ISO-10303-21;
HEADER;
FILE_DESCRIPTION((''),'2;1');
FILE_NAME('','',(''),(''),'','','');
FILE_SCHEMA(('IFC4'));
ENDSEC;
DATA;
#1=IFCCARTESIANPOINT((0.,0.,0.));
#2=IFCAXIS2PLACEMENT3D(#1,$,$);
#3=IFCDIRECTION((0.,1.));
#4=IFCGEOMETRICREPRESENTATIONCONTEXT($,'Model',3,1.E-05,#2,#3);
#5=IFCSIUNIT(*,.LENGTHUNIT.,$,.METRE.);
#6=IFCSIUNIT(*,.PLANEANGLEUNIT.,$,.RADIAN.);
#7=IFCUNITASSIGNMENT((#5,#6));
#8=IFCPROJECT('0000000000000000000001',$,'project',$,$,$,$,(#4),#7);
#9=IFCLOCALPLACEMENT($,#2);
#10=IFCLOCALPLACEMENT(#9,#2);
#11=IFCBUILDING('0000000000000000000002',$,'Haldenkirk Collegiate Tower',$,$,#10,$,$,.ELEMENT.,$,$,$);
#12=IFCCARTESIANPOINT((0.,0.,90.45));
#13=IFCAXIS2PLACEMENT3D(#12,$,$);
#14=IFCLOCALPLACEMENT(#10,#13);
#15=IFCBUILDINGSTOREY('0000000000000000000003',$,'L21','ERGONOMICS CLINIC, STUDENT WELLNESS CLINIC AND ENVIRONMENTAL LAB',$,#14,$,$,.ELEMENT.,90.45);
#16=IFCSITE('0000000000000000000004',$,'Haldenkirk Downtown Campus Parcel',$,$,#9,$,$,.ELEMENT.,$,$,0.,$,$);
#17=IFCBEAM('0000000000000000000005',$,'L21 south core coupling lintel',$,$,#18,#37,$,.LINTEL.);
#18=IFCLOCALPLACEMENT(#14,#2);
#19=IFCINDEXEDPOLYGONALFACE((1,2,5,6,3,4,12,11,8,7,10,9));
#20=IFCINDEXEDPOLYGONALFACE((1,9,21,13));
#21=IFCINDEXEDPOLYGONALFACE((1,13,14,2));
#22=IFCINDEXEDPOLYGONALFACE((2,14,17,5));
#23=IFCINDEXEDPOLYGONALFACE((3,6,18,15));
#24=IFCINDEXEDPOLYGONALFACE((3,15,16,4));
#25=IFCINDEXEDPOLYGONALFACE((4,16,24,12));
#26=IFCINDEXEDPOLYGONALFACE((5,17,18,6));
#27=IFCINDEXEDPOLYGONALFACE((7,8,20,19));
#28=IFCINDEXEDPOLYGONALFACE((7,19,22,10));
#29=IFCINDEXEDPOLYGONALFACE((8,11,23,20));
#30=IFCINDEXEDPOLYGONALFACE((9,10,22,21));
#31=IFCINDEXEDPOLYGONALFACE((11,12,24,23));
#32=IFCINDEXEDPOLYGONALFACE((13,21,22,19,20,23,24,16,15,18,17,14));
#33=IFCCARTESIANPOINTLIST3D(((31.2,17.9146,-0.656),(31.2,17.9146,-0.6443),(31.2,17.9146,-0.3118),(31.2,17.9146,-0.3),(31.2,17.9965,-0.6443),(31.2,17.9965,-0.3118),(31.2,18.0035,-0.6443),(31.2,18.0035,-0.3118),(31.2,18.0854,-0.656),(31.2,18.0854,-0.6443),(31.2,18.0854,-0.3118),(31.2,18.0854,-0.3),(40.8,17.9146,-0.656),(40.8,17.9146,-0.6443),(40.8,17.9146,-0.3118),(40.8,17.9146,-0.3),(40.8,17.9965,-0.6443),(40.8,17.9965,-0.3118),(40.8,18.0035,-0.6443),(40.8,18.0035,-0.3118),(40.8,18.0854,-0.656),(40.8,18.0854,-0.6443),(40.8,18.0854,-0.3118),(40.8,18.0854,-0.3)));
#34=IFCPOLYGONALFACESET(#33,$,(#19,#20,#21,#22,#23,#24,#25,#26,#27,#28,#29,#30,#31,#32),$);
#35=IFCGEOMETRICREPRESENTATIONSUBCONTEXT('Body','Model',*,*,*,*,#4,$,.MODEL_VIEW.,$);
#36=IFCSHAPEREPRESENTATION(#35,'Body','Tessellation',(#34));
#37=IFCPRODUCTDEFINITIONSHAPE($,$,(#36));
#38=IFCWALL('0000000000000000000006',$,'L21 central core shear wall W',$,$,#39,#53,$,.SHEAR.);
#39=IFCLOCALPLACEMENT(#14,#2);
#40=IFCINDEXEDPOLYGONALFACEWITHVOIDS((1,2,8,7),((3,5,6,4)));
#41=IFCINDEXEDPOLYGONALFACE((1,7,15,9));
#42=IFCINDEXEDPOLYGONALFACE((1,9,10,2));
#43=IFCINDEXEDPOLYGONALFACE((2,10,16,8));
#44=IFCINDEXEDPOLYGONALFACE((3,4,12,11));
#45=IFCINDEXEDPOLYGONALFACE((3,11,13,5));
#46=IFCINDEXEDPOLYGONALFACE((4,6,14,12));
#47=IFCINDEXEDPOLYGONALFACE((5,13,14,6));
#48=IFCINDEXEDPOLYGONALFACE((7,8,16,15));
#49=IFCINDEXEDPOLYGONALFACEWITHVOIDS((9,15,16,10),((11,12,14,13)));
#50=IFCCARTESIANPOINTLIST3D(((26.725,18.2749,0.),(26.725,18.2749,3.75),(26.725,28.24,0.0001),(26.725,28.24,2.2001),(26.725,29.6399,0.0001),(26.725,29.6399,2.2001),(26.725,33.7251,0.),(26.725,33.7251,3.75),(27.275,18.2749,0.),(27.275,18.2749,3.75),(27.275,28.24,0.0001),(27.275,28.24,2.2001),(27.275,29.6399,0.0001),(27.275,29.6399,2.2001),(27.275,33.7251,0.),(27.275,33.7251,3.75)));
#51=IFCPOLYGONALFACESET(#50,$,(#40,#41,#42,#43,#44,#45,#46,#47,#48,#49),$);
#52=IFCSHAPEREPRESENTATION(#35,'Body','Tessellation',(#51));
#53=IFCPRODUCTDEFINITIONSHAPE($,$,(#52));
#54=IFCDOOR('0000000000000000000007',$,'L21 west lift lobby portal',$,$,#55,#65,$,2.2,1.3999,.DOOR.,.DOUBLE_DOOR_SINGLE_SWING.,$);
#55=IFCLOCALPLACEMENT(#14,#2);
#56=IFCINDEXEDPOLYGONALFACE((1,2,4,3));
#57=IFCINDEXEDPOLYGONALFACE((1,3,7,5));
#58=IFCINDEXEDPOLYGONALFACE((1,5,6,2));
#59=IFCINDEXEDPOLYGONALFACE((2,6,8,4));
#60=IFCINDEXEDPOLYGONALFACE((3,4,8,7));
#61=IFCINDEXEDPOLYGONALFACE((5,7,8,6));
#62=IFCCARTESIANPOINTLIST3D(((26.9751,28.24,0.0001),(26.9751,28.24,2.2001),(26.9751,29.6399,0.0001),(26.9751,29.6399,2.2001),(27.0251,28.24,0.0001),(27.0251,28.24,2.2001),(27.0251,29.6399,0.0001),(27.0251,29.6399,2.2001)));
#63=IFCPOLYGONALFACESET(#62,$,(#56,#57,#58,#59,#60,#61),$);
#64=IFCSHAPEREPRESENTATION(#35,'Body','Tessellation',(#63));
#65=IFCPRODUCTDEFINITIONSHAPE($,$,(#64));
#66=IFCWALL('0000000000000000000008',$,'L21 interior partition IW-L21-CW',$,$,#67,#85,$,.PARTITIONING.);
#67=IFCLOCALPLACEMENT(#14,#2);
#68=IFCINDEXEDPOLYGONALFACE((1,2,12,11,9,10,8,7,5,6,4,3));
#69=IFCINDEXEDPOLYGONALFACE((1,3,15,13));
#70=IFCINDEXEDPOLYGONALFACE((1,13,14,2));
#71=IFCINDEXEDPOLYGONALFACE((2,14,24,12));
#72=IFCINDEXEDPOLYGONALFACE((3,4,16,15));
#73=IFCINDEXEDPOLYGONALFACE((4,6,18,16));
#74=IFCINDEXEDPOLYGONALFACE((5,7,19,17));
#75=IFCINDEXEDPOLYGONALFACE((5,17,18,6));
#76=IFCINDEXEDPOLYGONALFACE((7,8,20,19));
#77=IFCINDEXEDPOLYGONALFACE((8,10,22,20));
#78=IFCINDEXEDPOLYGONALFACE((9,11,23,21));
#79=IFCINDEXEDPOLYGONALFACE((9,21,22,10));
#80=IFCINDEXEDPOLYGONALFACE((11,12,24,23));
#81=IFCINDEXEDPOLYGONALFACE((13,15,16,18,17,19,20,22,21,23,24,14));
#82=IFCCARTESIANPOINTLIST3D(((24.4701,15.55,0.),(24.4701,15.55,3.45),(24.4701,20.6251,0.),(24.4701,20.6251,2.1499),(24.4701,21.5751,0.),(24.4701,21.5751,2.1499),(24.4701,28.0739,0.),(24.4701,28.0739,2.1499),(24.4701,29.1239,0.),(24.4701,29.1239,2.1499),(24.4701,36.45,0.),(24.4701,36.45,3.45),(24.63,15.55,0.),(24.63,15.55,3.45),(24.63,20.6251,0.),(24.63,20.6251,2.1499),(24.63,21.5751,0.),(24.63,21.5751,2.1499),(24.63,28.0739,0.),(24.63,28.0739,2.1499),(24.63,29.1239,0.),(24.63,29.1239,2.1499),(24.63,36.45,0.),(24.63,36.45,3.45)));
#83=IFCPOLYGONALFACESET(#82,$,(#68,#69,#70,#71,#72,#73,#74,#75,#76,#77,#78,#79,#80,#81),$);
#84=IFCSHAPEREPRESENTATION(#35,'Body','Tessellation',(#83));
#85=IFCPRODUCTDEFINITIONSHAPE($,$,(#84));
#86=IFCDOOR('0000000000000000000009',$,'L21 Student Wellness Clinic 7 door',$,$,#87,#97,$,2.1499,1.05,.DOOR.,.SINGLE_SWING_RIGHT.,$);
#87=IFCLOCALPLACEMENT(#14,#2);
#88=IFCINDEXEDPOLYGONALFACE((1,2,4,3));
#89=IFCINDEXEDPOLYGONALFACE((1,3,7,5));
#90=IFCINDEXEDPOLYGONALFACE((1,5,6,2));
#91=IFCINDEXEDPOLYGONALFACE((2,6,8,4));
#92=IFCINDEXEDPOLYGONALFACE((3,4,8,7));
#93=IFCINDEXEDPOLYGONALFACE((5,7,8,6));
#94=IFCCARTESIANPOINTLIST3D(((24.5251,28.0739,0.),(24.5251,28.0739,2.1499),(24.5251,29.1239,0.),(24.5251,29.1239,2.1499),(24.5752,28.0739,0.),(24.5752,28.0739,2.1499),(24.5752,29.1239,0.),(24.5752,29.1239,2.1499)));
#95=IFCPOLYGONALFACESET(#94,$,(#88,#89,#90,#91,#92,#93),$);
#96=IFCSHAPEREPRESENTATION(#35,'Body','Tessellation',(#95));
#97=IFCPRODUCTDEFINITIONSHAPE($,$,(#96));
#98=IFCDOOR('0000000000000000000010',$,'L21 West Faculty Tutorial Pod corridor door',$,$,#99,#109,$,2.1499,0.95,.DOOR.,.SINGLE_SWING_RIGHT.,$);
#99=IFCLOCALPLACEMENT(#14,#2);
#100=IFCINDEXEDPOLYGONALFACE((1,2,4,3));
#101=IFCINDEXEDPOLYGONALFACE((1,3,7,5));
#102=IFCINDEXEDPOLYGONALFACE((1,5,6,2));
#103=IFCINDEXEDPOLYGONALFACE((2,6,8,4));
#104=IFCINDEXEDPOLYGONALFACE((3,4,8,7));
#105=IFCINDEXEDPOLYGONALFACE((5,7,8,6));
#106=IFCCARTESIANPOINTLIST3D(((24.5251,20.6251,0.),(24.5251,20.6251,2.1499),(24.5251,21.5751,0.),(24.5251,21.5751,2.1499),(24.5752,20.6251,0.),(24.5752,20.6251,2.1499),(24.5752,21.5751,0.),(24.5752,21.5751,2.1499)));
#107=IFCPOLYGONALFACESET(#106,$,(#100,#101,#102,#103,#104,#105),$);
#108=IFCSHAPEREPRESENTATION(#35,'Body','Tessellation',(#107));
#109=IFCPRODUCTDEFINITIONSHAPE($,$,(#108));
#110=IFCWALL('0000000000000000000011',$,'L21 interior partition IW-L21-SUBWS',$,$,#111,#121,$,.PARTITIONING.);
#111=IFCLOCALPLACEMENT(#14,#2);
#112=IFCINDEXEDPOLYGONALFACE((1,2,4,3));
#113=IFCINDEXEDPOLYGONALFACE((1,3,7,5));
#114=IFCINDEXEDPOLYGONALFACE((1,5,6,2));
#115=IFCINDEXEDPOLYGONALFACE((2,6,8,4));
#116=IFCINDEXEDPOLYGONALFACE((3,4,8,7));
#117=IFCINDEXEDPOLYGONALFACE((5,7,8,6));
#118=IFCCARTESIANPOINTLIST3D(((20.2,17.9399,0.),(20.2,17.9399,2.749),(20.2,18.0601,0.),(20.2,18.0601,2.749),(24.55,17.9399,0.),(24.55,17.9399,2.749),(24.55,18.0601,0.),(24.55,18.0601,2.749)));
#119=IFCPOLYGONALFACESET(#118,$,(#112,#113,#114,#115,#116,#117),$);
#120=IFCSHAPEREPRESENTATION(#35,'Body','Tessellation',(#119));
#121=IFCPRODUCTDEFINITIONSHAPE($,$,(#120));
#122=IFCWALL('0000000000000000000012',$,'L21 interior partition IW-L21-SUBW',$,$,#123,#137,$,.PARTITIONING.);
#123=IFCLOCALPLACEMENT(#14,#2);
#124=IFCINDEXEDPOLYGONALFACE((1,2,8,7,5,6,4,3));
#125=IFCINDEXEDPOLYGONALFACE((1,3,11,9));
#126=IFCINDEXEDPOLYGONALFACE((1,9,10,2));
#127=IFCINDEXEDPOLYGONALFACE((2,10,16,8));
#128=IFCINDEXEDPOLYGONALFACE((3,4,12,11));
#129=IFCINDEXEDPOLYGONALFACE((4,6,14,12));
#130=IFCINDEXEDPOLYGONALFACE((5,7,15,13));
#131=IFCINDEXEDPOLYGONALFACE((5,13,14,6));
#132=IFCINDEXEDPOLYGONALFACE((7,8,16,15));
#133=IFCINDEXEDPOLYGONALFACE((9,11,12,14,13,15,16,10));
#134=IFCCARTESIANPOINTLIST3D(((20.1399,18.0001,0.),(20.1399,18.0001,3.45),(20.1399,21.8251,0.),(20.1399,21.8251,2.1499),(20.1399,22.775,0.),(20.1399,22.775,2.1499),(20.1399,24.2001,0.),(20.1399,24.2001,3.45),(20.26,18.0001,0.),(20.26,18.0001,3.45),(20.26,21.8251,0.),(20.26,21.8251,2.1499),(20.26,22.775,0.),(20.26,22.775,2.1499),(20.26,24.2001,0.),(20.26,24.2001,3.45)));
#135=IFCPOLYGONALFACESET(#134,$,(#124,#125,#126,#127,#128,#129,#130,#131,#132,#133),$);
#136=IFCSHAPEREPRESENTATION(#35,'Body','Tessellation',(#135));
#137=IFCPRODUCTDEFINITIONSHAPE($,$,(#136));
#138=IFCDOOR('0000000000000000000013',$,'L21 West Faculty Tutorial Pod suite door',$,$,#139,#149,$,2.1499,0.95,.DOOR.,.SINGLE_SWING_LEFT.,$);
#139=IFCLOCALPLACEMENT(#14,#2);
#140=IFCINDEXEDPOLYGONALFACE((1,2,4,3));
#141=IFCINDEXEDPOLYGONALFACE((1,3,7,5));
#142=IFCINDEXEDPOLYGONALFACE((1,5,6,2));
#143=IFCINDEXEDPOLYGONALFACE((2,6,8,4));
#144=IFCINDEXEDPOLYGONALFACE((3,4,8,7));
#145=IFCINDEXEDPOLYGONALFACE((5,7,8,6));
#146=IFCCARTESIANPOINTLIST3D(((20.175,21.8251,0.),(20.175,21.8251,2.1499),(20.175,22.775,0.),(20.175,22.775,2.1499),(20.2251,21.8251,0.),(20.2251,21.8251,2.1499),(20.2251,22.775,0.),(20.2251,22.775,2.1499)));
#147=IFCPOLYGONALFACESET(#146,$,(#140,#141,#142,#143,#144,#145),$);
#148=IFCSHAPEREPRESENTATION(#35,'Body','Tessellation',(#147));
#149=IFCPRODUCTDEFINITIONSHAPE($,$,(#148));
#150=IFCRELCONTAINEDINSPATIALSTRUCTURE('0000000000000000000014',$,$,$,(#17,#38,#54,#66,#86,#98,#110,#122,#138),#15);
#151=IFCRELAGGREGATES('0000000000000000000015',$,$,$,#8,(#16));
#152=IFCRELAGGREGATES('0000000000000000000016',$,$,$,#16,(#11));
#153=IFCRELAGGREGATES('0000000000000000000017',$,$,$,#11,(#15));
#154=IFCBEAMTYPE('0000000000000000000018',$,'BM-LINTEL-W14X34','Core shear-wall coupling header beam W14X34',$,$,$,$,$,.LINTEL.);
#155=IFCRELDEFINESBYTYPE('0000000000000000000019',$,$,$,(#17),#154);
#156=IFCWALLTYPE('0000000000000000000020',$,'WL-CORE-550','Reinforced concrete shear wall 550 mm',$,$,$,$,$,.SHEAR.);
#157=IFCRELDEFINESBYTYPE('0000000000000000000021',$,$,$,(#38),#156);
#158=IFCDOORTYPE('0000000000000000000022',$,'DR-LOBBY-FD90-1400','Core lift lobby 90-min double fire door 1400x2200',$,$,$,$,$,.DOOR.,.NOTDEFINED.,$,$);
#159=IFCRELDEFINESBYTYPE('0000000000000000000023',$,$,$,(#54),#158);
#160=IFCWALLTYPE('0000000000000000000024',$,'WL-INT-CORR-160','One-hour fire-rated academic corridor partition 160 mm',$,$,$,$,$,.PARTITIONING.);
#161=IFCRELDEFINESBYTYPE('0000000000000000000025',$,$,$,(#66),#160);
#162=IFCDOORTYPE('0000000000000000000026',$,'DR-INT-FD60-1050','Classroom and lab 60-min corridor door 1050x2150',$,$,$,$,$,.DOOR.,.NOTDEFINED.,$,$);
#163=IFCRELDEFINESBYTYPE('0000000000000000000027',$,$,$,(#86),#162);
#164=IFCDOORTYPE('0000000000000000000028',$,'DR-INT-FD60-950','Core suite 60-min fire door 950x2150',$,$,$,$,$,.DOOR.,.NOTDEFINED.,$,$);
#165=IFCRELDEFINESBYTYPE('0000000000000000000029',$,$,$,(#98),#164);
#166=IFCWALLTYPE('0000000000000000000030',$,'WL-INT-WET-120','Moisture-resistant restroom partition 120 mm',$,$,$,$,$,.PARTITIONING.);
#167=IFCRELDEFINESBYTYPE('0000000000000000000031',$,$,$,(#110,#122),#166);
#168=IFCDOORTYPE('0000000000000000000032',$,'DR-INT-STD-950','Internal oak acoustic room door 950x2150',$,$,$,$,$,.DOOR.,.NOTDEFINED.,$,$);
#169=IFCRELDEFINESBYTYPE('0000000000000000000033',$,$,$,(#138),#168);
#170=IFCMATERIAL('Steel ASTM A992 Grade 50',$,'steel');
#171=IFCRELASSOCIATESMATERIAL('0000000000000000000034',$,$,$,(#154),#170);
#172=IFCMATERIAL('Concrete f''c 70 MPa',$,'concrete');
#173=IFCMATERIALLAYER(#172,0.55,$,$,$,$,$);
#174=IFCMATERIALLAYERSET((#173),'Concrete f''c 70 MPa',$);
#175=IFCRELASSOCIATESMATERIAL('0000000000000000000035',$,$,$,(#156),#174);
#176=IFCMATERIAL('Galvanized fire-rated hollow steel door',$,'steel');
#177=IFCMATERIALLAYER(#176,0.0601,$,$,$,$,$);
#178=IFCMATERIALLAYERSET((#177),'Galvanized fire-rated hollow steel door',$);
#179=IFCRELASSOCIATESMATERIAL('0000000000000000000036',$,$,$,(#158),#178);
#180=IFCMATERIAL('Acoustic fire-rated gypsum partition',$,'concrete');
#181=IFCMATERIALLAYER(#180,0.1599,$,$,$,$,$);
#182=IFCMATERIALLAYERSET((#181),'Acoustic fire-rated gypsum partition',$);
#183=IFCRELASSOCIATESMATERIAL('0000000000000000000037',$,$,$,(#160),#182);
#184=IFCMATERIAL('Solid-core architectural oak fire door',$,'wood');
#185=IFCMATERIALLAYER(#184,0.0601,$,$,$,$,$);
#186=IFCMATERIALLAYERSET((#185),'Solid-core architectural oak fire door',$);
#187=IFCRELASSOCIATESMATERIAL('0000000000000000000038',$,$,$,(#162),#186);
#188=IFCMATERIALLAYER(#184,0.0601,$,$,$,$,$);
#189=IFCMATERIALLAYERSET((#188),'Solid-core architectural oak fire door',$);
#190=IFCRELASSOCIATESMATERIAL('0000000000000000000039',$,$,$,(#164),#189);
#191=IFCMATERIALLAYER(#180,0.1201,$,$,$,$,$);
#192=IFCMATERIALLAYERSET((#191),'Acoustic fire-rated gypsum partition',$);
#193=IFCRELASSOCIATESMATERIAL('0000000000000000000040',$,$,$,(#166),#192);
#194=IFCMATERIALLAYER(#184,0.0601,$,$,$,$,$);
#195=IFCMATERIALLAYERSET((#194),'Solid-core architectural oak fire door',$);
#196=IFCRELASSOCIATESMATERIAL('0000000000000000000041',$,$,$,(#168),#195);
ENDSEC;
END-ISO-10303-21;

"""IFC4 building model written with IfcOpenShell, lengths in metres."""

from ifc_helpers import new_model, si_unit, direction, frame, frame_2d, origin, origin_2d, place, context, subcontext, project, spatial, rectangle, i_section, extrude, material, layer, layer_set, material_profile, profile_set, type_object, element, fill, save


model = new_model("IFC4")

# Units and contexts
model_context = context("Model", 3, precision=1e-05, world=origin(), true_north=direction((0.0, 1.0)))
body_context = subcontext(model_context, "Body", "Model", "MODEL_VIEW")
ifc_project = project(units=[si_unit("LENGTHUNIT", "METRE"), si_unit("PLANEANGLEUNIT", "RADIAN")], contexts=[model_context])

# Site, building, storey
site_placement = place(None, origin())
site = spatial("IfcSite", under=ifc_project, at=site_placement, Name="Haldenkirk Downtown Campus Parcel", CompositionType="ELEMENT", RefElevation=0.0)
building_placement = place(site_placement, origin())
building = spatial("IfcBuilding", under=site, at=building_placement, Name="Haldenkirk Collegiate Tower", CompositionType="ELEMENT")
storey_placement = place(building_placement, frame((0.0, 0.0, 90.45)))
storey = spatial("IfcBuildingStorey", under=building, at=storey_placement, Name="L21", Description="ERGONOMICS CLINIC, STUDENT WELLNESS CLINIC AND ENVIRONMENTAL LAB", CompositionType="ELEMENT", Elevation=90.45)

# Beam
ifc_material_1 = material(Name="Steel ASTM A992 Grade 50", Category="steel")
ifc_material_profile = material_profile(ifc_material_1, i_section(OverallWidth=0.1709, OverallDepth=0.356, WebThickness=0.0071, FlangeThickness=0.0117, at=origin_2d()), Name="W14X34")
ifc_profile_set = profile_set([ifc_material_profile], Name="Steel ASTM A992 Grade 50")
beam_type = type_object("IfcBeamType", Name="BM-LINTEL-W14X34", Description="Core shear-wall coupling header beam W14X34", PredefinedType="LINTEL", material=ifc_profile_set)
beam_placement = place(storey_placement, frame((31.2, 18.0, -0.478), z_axis=(1.0, 0.0, 0.0), x_axis=(0.0, 1.0, 0.0)))
element("IfcBeam", 1, at=beam_placement, inside=storey, type_object=beam_type, Name="L21 south core coupling lintel", PredefinedType="LINTEL", context=body_context, shape_type="SweptSolid", body=[
    extrude(i_section(OverallWidth=0.1709, OverallDepth=0.356, WebThickness=0.0071, FlangeThickness=0.0117, at=origin_2d()), origin(), (0.0, 0.0, 1.0), 9.6001),
])

# Shared definitions
ifc_material_2 = material(Name="Concrete f'c 70 MPa", Category="concrete")
ifc_layer_1 = layer(ifc_material_2, 0.55)
ifc_layer_set_1 = layer_set([ifc_layer_1], Name="Concrete f'c 70 MPa")
wall_type_1 = type_object("IfcWallType", Name="WL-CORE-550", Description="Reinforced concrete shear wall 550 mm", PredefinedType="SHEAR", material=ifc_layer_set_1)
ifc_material_3 = material(Name="Galvanized fire-rated hollow steel door", Category="steel")

# Wall, opening, door
wall_1_placement = place(storey_placement, frame((27.0, 18.2749, 0.0), z_axis=(0.0, 0.0, 1.0), x_axis=(0.0, 1.0, 0.0)))
wall_1 = element("IfcWall", 2, at=wall_1_placement, inside=storey, type_object=wall_type_1, Name="L21 central core shear wall W", PredefinedType="SHEAR", context=body_context, shape_type="SweptSolid", body=[
    extrude(rectangle(XDim=15.4502, YDim=0.55, at=frame_2d((7.7251, 0.0))), origin(), (0.0, 0.0, 1.0), 3.75),
])
opening_1_placement = place(wall_1_placement, frame((9.9651, 0.0, 0.0)))
opening_1 = element("IfcOpeningElement", 3, at=opening_1_placement, cuts=wall_1, PredefinedType="OPENING", context=body_context, shape_type="SweptSolid", body=[
    extrude(rectangle(XDim=1.3999, YDim=2.2, at=frame_2d((0.7, 1.1001))), frame((0.0, 0.2849, 0.0), z_axis=(0.0, -1.0, 0.0), x_axis=(1.0, 0.0, 0.0)), (0.0, 0.0, 1.0), 0.5701),
])
ifc_layer_2 = layer(ifc_material_3, 0.0601)
ifc_layer_set_2 = layer_set([ifc_layer_2], Name="Galvanized fire-rated hollow steel door")
door_type_1 = type_object("IfcDoorType", Name="DR-LOBBY-FD90-1400", Description="Core lift lobby 90-min double fire door 1400x2200", OperationType="NOTDEFINED", PredefinedType="DOOR", material=ifc_layer_set_2)
door_1_placement = place(opening_1_placement, origin())
door_1 = element("IfcDoor", 4, at=door_1_placement, inside=storey, type_object=door_type_1, Name="L21 west lift lobby portal", OperationType="DOUBLE_DOOR_SINGLE_SWING", OverallHeight=2.2, OverallWidth=1.3999, PredefinedType="DOOR", context=body_context, shape_type="SweptSolid", body=[
    extrude(rectangle(XDim=1.3999, YDim=2.2, at=frame_2d((0.7, 1.1001))), frame((0.0, 0.0249, 0.0), z_axis=(0.0, -1.0, 0.0), x_axis=(1.0, 0.0, 0.0)), (0.0, 0.0, 1.0), 0.05),
])
fill(opening_1, door_1)

# Wall, openings, doors
ifc_material_4 = material(Name="Acoustic fire-rated gypsum partition", Category="concrete")
ifc_layer_3 = layer(ifc_material_4, 0.1599)
ifc_layer_set_3 = layer_set([ifc_layer_3], Name="Acoustic fire-rated gypsum partition")
wall_type_2 = type_object("IfcWallType", Name="WL-INT-CORR-160", Description="One-hour fire-rated academic corridor partition 160 mm", PredefinedType="PARTITIONING", material=ifc_layer_set_3)
ifc_material_5 = material(Name="Solid-core architectural oak fire door", Category="wood")
ifc_layer_4 = layer(ifc_material_5, 0.0601)
ifc_layer_set_4 = layer_set([ifc_layer_4], Name="Solid-core architectural oak fire door")
door_type_2 = type_object("IfcDoorType", Name="DR-INT-FD60-1050", Description="Classroom and lab 60-min corridor door 1050x2150", OperationType="NOTDEFINED", PredefinedType="DOOR", material=ifc_layer_set_4)
wall_2_placement = place(storey_placement, frame((24.55, 15.55, 0.0), z_axis=(0.0, 0.0, 1.0), x_axis=(0.0, 1.0, 0.0)))
wall_2 = element("IfcWall", 5, at=wall_2_placement, inside=storey, type_object=wall_type_2, Name="L21 interior partition IW-L21-CW", PredefinedType="PARTITIONING", context=body_context, shape_type="SweptSolid", body=[
    extrude(rectangle(XDim=20.8999, YDim=0.1599, at=frame_2d((10.45, 0.0))), origin(), (0.0, 0.0, 1.0), 3.45),
])
opening_2_placement = place(wall_2_placement, frame((5.075, 0.0, 0.0)))
opening_2 = element("IfcOpeningElement", 6, at=opening_2_placement, cuts=wall_2, PredefinedType="OPENING", context=body_context, shape_type="SweptSolid", body=[
    extrude(rectangle(XDim=0.95, YDim=2.1499, at=frame_2d((0.4751, 1.075))), frame((0.0, 0.0898, 0.0), z_axis=(0.0, -1.0, 0.0), x_axis=(1.0, 0.0, 0.0)), (0.0, 0.0, 1.0), 0.1799),
])
opening_3_placement = place(wall_2_placement, frame((12.5239, 0.0, 0.0)))
opening_3 = element("IfcOpeningElement", 7, at=opening_3_placement, cuts=wall_2, PredefinedType="OPENING", context=body_context, shape_type="SweptSolid", body=[
    extrude(rectangle(XDim=1.05, YDim=2.1499, at=frame_2d((0.5249, 1.075))), frame((0.0, 0.0898, 0.0), z_axis=(0.0, -1.0, 0.0), x_axis=(1.0, 0.0, 0.0)), (0.0, 0.0, 1.0), 0.1799),
])
door_2_placement = place(opening_3_placement, origin())
door_2 = element("IfcDoor", 8, at=door_2_placement, inside=storey, type_object=door_type_2, Name="L21 Student Wellness Clinic 7 door", OperationType="SINGLE_SWING_RIGHT", OverallHeight=2.1499, OverallWidth=1.05, PredefinedType="DOOR", context=body_context, shape_type="SweptSolid", body=[
    extrude(rectangle(XDim=1.05, YDim=2.1499, at=frame_2d((0.5249, 1.075))), frame((0.0, 0.0249, 0.0), z_axis=(0.0, -1.0, 0.0), x_axis=(1.0, 0.0, 0.0)), (0.0, 0.0, 1.0), 0.05),
])
fill(opening_3, door_2)
ifc_layer_5 = layer(ifc_material_5, 0.0601)
ifc_layer_set_5 = layer_set([ifc_layer_5], Name="Solid-core architectural oak fire door")
door_type_3 = type_object("IfcDoorType", Name="DR-INT-FD60-950", Description="Core suite 60-min fire door 950x2150", OperationType="NOTDEFINED", PredefinedType="DOOR", material=ifc_layer_set_5)
door_3_placement = place(opening_2_placement, origin())
door_3 = element("IfcDoor", 9, at=door_3_placement, inside=storey, type_object=door_type_3, Name="L21 West Faculty Tutorial Pod corridor door", OperationType="SINGLE_SWING_RIGHT", OverallHeight=2.1499, OverallWidth=0.95, PredefinedType="DOOR", context=body_context, shape_type="SweptSolid", body=[
    extrude(rectangle(XDim=0.95, YDim=2.1499, at=frame_2d((0.4751, 1.075))), frame((0.0, 0.0249, 0.0), z_axis=(0.0, -1.0, 0.0), x_axis=(1.0, 0.0, 0.0)), (0.0, 0.0, 1.0), 0.05),
])
fill(opening_2, door_3)

# Wall
ifc_layer_6 = layer(ifc_material_4, 0.1201)
ifc_layer_set_6 = layer_set([ifc_layer_6], Name="Acoustic fire-rated gypsum partition")
wall_type_3 = type_object("IfcWallType", Name="WL-INT-WET-120", Description="Moisture-resistant restroom partition 120 mm", PredefinedType="PARTITIONING", material=ifc_layer_set_6)
wall_3_placement = place(storey_placement, frame((20.2, 18.0, 0.0), z_axis=(0.0, 0.0, 1.0), x_axis=(1.0, 0.0, 0.0)))
element("IfcWall", 10, at=wall_3_placement, inside=storey, type_object=wall_type_3, Name="L21 interior partition IW-L21-SUBWS", PredefinedType="PARTITIONING", context=body_context, shape_type="SweptSolid", body=[
    extrude(rectangle(XDim=4.3501, YDim=0.1201, at=frame_2d((2.175, 0.0))), origin(), (0.0, 0.0, 1.0), 2.749),
])

# Wall, opening, door
wall_4_placement = place(storey_placement, frame((20.2, 18.0, 0.0), z_axis=(0.0, 0.0, 1.0), x_axis=(0.0, 1.0, 0.0)))
wall_4 = element("IfcWall", 11, at=wall_4_placement, inside=storey, type_object=wall_type_3, Name="L21 interior partition IW-L21-SUBW", PredefinedType="PARTITIONING", context=body_context, shape_type="SweptSolid", body=[
    extrude(rectangle(XDim=6.2, YDim=0.1201, at=frame_2d((3.1001, 0.0))), origin(), (0.0, 0.0, 1.0), 3.45),
])
opening_4_placement = place(wall_4_placement, frame((3.825, 0.0, 0.0)))
opening_4 = element("IfcOpeningElement", 12, at=opening_4_placement, cuts=wall_4, PredefinedType="OPENING", context=body_context, shape_type="SweptSolid", body=[
    extrude(rectangle(XDim=0.95, YDim=2.1499, at=frame_2d((0.4751, 1.075))), frame((0.0, 0.0701, 0.0), z_axis=(0.0, -1.0, 0.0), x_axis=(1.0, 0.0, 0.0)), (0.0, 0.0, 1.0), 0.1401),
])
ifc_layer_7 = layer(ifc_material_5, 0.0601)
ifc_layer_set_7 = layer_set([ifc_layer_7], Name="Solid-core architectural oak fire door")
door_type_4 = type_object("IfcDoorType", Name="DR-INT-STD-950", Description="Internal oak acoustic room door 950x2150", OperationType="NOTDEFINED", PredefinedType="DOOR", material=ifc_layer_set_7)
door_4_placement = place(opening_4_placement, origin())
door_4 = element("IfcDoor", 13, at=door_4_placement, inside=storey, type_object=door_type_4, Name="L21 West Faculty Tutorial Pod suite door", OperationType="SINGLE_SWING_LEFT", OverallHeight=2.1499, OverallWidth=0.95, PredefinedType="DOOR", context=body_context, shape_type="SweptSolid", body=[
    extrude(rectangle(XDim=0.95, YDim=2.1499, at=frame_2d((0.4751, 1.075))), frame((0.0, 0.0249, 0.0), z_axis=(0.0, -1.0, 0.0), x_axis=(1.0, 0.0, 0.0)), (0.0, 0.0, 1.0), 0.05),
])
fill(opening_4, door_4)

save(model, "model.ifc")
